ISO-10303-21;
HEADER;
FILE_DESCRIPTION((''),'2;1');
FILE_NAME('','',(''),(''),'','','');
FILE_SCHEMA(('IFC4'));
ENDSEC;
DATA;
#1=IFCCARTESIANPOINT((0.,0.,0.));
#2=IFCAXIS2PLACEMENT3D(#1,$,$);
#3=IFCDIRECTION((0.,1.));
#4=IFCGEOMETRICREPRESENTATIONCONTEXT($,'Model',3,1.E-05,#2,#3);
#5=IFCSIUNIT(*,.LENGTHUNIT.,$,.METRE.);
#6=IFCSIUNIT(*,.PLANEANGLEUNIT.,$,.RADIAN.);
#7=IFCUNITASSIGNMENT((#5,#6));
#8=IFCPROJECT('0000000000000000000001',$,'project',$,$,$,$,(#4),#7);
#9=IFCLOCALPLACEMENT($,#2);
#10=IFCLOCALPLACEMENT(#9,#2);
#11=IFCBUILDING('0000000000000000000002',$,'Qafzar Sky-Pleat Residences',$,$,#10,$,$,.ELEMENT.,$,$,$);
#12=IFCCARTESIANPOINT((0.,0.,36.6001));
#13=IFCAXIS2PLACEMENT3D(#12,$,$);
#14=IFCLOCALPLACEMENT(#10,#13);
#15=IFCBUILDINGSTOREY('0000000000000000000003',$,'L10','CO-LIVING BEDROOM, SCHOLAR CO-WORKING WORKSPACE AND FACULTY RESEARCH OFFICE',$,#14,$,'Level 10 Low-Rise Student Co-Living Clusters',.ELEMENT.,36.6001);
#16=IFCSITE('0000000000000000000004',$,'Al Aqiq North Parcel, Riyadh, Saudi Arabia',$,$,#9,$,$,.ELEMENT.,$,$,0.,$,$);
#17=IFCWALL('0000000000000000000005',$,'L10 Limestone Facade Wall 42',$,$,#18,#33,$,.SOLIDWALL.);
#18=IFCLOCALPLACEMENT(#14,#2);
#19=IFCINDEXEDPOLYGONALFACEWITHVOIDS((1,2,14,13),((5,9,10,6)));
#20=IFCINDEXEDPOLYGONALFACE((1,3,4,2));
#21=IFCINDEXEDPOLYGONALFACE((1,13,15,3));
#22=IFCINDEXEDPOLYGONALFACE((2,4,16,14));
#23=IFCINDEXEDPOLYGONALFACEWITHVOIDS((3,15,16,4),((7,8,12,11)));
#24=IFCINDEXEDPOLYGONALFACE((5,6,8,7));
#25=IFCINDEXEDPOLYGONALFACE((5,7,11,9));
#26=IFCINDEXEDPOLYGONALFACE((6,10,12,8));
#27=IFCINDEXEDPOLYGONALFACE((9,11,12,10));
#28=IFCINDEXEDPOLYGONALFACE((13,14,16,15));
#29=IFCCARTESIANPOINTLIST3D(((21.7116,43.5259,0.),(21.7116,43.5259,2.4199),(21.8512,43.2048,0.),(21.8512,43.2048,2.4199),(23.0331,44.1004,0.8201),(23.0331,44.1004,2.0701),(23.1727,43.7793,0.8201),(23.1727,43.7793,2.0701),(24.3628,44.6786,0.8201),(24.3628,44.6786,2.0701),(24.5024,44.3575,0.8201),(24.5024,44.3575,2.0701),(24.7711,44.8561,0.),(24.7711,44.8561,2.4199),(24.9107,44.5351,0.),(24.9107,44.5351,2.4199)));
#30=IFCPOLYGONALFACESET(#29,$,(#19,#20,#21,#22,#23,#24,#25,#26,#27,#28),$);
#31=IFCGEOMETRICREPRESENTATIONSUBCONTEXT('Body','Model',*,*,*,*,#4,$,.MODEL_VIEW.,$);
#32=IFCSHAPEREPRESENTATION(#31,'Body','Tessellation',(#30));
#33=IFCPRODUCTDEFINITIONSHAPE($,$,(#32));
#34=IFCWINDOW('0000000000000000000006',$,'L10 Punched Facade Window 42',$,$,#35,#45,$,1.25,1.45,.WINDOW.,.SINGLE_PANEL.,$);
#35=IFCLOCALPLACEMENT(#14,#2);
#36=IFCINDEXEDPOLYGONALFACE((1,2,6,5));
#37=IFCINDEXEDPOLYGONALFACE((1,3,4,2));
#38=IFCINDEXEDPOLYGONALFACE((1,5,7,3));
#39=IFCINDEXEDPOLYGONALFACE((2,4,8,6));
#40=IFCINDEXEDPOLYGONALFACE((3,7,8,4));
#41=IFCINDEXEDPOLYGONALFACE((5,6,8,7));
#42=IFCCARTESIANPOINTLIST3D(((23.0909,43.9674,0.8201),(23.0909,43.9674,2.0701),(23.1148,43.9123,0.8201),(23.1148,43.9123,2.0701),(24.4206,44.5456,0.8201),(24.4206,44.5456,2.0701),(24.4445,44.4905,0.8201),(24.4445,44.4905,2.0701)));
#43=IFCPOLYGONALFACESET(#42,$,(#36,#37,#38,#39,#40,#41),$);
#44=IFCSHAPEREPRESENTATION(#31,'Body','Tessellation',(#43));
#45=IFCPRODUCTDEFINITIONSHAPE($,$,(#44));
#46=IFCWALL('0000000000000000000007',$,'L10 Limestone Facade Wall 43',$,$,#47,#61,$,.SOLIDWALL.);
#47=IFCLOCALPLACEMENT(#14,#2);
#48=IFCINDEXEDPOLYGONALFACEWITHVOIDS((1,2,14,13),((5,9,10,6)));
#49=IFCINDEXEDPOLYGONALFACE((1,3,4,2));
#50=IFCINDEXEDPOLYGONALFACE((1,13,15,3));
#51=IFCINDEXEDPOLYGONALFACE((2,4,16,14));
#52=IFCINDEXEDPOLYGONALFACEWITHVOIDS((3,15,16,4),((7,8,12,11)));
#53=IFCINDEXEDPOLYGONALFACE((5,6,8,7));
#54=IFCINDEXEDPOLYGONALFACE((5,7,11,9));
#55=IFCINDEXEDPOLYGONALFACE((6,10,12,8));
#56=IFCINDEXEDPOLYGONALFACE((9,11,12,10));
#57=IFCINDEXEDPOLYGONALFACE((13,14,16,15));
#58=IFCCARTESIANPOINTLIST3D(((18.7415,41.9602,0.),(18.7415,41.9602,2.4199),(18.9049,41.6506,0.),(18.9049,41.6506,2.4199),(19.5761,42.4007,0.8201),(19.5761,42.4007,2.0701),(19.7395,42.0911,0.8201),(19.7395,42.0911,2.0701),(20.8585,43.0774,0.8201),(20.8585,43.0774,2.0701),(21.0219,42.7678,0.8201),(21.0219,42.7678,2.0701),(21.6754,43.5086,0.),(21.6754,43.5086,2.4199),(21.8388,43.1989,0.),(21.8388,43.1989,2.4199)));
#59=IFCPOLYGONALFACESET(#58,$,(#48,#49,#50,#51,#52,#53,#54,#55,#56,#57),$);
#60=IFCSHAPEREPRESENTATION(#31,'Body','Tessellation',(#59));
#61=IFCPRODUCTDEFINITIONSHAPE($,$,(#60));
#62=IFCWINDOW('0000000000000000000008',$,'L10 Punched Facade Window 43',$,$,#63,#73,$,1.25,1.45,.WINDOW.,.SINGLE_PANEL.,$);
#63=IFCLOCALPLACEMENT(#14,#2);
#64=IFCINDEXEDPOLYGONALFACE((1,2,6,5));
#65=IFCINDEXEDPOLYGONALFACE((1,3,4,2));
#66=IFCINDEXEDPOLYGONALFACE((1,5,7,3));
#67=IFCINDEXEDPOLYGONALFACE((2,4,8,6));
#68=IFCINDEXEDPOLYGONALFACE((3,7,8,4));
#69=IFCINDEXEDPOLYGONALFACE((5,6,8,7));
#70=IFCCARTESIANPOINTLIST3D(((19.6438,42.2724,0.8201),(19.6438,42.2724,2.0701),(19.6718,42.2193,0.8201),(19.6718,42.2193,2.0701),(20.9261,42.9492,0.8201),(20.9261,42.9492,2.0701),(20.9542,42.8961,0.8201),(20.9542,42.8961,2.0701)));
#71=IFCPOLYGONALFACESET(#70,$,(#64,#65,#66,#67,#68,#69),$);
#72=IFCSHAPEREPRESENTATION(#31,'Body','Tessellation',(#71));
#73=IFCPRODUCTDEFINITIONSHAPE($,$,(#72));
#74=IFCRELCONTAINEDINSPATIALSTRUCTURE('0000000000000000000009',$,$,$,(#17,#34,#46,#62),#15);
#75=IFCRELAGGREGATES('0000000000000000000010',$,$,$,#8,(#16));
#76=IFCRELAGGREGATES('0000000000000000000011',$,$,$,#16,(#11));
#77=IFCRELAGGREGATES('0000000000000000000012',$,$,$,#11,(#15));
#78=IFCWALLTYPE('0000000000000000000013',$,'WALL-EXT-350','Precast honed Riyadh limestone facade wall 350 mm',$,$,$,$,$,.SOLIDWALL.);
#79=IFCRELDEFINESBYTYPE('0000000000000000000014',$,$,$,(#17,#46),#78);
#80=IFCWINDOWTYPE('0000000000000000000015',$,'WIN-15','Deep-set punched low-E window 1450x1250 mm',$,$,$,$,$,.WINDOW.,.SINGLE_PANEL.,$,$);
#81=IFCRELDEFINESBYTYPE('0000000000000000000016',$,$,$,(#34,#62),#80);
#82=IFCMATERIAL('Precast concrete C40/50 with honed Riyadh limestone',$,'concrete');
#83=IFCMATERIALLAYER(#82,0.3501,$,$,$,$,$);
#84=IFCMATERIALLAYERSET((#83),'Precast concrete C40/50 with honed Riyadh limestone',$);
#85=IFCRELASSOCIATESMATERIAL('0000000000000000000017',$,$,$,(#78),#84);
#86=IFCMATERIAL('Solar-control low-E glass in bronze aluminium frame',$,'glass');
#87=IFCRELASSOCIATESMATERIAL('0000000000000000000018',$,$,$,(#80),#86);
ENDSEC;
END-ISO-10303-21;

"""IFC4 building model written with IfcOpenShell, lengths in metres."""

from ifc_helpers import new_model, si_unit, direction, frame, frame_2d, origin, place, context, subcontext, project, spatial, rectangle, extrude, source, transform, mapped, material, layer, layer_set, type_object, element, fill, save


model = new_model("IFC4")

# Units and contexts
model_context = context("Model", 3, precision=1e-05, world=origin(), true_north=direction((0.0, 1.0)))
body_context = subcontext(model_context, "Body", "Model", "MODEL_VIEW")
ifc_project = project(units=[si_unit("LENGTHUNIT", "METRE"), si_unit("PLANEANGLEUNIT", "RADIAN")], contexts=[model_context])

# Site, building, storey
site_placement = place(None, origin())
site = spatial("IfcSite", under=ifc_project, at=site_placement, Name="Al Aqiq North Parcel, Riyadh, Saudi Arabia", CompositionType="ELEMENT", RefElevation=0.0)
building_placement = place(site_placement, origin())
building = spatial("IfcBuilding", under=site, at=building_placement, Name="Qafzar Sky-Pleat Residences", CompositionType="ELEMENT")
storey_placement = place(building_placement, frame((0.0, 0.0, 36.6001)))
storey = spatial("IfcBuildingStorey", under=building, at=storey_placement, Name="L10", Description="CO-LIVING BEDROOM, SCHOLAR CO-WORKING WORKSPACE AND FACULTY RESEARCH OFFICE", LongName="Level 10 Low-Rise Student Co-Living Clusters", CompositionType="ELEMENT", Elevation=36.6001)

# Shared definitions
ifc_material_1 = material(Name="Precast concrete C40/50 with honed Riyadh limestone", Category="concrete")
ifc_layer_1 = layer(ifc_material_1, 0.3501)
ifc_layer_set_1 = layer_set([ifc_layer_1], Name="Precast concrete C40/50 with honed Riyadh limestone")
wall_type_1 = type_object("IfcWallType", Name="WALL-EXT-350", Description="Precast honed Riyadh limestone facade wall 350 mm", PredefinedType="SOLIDWALL", material=ifc_layer_set_1)

# Walls, openings, windows
wall_1_placement = place(storey_placement, frame((24.8408, 44.6956, 0.0), z_axis=(0.0, 0.0, 1.0), x_axis=(-0.917062, -0.398745, 0.0)))
wall_1 = element("IfcWall", 1, at=wall_1_placement, inside=storey, type_object=wall_type_1, Name="L10 Limestone Facade Wall 42", PredefinedType="SOLIDWALL", context=body_context, shape_type="SweptSolid", body=[
    extrude(rectangle(XDim=3.3362, YDim=0.3501, at=frame_2d((1.668, 0.0))), origin(), (0.0, 0.0, 1.0), 2.4199),
])
opening_1_placement = place(wall_1_placement, frame((0.4451, 0.0, 0.8201)))
opening_1 = element("IfcOpeningElement", 2, at=opening_1_placement, cuts=wall_1, PredefinedType="OPENING", context=body_context, shape_type="SweptSolid", body=[
    extrude(rectangle(XDim=1.45, YDim=1.25, at=frame_2d((0.7251, 0.625))), frame((0.0, 0.1851, 0.0), z_axis=(0.0, -1.0, 0.0), x_axis=(1.0, 0.0, 0.0)), (0.0, 0.0, 1.0), 0.3701),
])
ifc_material_2 = material(Name="Solar-control low-E glass in bronze aluminium frame", Category="glass")
window_type = type_object("IfcWindowType", Name="WIN-15", Description="Deep-set punched low-E window 1450x1250 mm", PartitioningType="SINGLE_PANEL", PredefinedType="WINDOW", material=ifc_material_2)
shared_shape_1 = source(origin(), body_context, "Body", "SweptSolid", [
    extrude(rectangle(XDim=1.45, YDim=1.25, at=frame_2d((0.7251, 0.625))), frame((0.0, 0.03, 0.0), z_axis=(0.0, -1.0, 0.0), x_axis=(1.0, 0.0, 0.0)), (0.0, 0.0, 1.0), 0.0601),
])
window_1_placement = place(opening_1_placement, origin())
window_1 = element("IfcWindow", 3, at=window_1_placement, inside=storey, type_object=window_type, Name="L10 Punched Facade Window 42", OverallHeight=1.25, OverallWidth=1.45, PartitioningType="SINGLE_PANEL", PredefinedType="WINDOW", context=body_context, shape_type="MappedRepresentation", body=[
    mapped(shared_shape_1, transform((0.0, 0.0, 0.0), x_axis=(1.0, 0.0, 0.0), y_axis=(0.0, 1.0, 0.0), z_axis=(0.0, 0.0, 1.0), scale=1.0)),
])
fill(opening_1, window_1)
wall_2_placement = place(storey_placement, frame((21.7571, 43.3538, 0.0), z_axis=(0.0, 0.0, 1.0), x_axis=(-0.884394, -0.466741, 0.0)))
wall_2 = element("IfcWall", 4, at=wall_2_placement, inside=storey, type_object=wall_type_1, Name="L10 Limestone Facade Wall 43", PredefinedType="SOLIDWALL", context=body_context, shape_type="SweptSolid", body=[
    extrude(rectangle(XDim=3.3174, YDim=0.3501, at=frame_2d((1.6587, 0.0))), origin(), (0.0, 0.0, 1.0), 2.4199),
])
opening_2_placement = place(wall_2_placement, frame((0.9236, 0.0, 0.8201)))
opening_2 = element("IfcOpeningElement", 5, at=opening_2_placement, cuts=wall_2, PredefinedType="OPENING", context=body_context, shape_type="SweptSolid", body=[
    extrude(rectangle(XDim=1.45, YDim=1.25, at=frame_2d((0.7251, 0.625))), frame((0.0, 0.1851, 0.0), z_axis=(0.0, -1.0, 0.0), x_axis=(1.0, 0.0, 0.0)), (0.0, 0.0, 1.0), 0.3701),
])
window_2_placement = place(opening_2_placement, origin())
window_2 = element("IfcWindow", 6, at=window_2_placement, inside=storey, type_object=window_type, Name="L10 Punched Facade Window 43", OverallHeight=1.25, OverallWidth=1.45, PartitioningType="SINGLE_PANEL", PredefinedType="WINDOW", context=body_context, shape_type="MappedRepresentation", body=[
    mapped(shared_shape_1, transform((0.0, 0.0, 0.0), x_axis=(1.0, 0.0, 0.0), y_axis=(0.0, 1.0, 0.0), z_axis=(0.0, 0.0, 1.0), scale=1.0)),
])
fill(opening_2, window_2)

save(model, "model.ifc")
